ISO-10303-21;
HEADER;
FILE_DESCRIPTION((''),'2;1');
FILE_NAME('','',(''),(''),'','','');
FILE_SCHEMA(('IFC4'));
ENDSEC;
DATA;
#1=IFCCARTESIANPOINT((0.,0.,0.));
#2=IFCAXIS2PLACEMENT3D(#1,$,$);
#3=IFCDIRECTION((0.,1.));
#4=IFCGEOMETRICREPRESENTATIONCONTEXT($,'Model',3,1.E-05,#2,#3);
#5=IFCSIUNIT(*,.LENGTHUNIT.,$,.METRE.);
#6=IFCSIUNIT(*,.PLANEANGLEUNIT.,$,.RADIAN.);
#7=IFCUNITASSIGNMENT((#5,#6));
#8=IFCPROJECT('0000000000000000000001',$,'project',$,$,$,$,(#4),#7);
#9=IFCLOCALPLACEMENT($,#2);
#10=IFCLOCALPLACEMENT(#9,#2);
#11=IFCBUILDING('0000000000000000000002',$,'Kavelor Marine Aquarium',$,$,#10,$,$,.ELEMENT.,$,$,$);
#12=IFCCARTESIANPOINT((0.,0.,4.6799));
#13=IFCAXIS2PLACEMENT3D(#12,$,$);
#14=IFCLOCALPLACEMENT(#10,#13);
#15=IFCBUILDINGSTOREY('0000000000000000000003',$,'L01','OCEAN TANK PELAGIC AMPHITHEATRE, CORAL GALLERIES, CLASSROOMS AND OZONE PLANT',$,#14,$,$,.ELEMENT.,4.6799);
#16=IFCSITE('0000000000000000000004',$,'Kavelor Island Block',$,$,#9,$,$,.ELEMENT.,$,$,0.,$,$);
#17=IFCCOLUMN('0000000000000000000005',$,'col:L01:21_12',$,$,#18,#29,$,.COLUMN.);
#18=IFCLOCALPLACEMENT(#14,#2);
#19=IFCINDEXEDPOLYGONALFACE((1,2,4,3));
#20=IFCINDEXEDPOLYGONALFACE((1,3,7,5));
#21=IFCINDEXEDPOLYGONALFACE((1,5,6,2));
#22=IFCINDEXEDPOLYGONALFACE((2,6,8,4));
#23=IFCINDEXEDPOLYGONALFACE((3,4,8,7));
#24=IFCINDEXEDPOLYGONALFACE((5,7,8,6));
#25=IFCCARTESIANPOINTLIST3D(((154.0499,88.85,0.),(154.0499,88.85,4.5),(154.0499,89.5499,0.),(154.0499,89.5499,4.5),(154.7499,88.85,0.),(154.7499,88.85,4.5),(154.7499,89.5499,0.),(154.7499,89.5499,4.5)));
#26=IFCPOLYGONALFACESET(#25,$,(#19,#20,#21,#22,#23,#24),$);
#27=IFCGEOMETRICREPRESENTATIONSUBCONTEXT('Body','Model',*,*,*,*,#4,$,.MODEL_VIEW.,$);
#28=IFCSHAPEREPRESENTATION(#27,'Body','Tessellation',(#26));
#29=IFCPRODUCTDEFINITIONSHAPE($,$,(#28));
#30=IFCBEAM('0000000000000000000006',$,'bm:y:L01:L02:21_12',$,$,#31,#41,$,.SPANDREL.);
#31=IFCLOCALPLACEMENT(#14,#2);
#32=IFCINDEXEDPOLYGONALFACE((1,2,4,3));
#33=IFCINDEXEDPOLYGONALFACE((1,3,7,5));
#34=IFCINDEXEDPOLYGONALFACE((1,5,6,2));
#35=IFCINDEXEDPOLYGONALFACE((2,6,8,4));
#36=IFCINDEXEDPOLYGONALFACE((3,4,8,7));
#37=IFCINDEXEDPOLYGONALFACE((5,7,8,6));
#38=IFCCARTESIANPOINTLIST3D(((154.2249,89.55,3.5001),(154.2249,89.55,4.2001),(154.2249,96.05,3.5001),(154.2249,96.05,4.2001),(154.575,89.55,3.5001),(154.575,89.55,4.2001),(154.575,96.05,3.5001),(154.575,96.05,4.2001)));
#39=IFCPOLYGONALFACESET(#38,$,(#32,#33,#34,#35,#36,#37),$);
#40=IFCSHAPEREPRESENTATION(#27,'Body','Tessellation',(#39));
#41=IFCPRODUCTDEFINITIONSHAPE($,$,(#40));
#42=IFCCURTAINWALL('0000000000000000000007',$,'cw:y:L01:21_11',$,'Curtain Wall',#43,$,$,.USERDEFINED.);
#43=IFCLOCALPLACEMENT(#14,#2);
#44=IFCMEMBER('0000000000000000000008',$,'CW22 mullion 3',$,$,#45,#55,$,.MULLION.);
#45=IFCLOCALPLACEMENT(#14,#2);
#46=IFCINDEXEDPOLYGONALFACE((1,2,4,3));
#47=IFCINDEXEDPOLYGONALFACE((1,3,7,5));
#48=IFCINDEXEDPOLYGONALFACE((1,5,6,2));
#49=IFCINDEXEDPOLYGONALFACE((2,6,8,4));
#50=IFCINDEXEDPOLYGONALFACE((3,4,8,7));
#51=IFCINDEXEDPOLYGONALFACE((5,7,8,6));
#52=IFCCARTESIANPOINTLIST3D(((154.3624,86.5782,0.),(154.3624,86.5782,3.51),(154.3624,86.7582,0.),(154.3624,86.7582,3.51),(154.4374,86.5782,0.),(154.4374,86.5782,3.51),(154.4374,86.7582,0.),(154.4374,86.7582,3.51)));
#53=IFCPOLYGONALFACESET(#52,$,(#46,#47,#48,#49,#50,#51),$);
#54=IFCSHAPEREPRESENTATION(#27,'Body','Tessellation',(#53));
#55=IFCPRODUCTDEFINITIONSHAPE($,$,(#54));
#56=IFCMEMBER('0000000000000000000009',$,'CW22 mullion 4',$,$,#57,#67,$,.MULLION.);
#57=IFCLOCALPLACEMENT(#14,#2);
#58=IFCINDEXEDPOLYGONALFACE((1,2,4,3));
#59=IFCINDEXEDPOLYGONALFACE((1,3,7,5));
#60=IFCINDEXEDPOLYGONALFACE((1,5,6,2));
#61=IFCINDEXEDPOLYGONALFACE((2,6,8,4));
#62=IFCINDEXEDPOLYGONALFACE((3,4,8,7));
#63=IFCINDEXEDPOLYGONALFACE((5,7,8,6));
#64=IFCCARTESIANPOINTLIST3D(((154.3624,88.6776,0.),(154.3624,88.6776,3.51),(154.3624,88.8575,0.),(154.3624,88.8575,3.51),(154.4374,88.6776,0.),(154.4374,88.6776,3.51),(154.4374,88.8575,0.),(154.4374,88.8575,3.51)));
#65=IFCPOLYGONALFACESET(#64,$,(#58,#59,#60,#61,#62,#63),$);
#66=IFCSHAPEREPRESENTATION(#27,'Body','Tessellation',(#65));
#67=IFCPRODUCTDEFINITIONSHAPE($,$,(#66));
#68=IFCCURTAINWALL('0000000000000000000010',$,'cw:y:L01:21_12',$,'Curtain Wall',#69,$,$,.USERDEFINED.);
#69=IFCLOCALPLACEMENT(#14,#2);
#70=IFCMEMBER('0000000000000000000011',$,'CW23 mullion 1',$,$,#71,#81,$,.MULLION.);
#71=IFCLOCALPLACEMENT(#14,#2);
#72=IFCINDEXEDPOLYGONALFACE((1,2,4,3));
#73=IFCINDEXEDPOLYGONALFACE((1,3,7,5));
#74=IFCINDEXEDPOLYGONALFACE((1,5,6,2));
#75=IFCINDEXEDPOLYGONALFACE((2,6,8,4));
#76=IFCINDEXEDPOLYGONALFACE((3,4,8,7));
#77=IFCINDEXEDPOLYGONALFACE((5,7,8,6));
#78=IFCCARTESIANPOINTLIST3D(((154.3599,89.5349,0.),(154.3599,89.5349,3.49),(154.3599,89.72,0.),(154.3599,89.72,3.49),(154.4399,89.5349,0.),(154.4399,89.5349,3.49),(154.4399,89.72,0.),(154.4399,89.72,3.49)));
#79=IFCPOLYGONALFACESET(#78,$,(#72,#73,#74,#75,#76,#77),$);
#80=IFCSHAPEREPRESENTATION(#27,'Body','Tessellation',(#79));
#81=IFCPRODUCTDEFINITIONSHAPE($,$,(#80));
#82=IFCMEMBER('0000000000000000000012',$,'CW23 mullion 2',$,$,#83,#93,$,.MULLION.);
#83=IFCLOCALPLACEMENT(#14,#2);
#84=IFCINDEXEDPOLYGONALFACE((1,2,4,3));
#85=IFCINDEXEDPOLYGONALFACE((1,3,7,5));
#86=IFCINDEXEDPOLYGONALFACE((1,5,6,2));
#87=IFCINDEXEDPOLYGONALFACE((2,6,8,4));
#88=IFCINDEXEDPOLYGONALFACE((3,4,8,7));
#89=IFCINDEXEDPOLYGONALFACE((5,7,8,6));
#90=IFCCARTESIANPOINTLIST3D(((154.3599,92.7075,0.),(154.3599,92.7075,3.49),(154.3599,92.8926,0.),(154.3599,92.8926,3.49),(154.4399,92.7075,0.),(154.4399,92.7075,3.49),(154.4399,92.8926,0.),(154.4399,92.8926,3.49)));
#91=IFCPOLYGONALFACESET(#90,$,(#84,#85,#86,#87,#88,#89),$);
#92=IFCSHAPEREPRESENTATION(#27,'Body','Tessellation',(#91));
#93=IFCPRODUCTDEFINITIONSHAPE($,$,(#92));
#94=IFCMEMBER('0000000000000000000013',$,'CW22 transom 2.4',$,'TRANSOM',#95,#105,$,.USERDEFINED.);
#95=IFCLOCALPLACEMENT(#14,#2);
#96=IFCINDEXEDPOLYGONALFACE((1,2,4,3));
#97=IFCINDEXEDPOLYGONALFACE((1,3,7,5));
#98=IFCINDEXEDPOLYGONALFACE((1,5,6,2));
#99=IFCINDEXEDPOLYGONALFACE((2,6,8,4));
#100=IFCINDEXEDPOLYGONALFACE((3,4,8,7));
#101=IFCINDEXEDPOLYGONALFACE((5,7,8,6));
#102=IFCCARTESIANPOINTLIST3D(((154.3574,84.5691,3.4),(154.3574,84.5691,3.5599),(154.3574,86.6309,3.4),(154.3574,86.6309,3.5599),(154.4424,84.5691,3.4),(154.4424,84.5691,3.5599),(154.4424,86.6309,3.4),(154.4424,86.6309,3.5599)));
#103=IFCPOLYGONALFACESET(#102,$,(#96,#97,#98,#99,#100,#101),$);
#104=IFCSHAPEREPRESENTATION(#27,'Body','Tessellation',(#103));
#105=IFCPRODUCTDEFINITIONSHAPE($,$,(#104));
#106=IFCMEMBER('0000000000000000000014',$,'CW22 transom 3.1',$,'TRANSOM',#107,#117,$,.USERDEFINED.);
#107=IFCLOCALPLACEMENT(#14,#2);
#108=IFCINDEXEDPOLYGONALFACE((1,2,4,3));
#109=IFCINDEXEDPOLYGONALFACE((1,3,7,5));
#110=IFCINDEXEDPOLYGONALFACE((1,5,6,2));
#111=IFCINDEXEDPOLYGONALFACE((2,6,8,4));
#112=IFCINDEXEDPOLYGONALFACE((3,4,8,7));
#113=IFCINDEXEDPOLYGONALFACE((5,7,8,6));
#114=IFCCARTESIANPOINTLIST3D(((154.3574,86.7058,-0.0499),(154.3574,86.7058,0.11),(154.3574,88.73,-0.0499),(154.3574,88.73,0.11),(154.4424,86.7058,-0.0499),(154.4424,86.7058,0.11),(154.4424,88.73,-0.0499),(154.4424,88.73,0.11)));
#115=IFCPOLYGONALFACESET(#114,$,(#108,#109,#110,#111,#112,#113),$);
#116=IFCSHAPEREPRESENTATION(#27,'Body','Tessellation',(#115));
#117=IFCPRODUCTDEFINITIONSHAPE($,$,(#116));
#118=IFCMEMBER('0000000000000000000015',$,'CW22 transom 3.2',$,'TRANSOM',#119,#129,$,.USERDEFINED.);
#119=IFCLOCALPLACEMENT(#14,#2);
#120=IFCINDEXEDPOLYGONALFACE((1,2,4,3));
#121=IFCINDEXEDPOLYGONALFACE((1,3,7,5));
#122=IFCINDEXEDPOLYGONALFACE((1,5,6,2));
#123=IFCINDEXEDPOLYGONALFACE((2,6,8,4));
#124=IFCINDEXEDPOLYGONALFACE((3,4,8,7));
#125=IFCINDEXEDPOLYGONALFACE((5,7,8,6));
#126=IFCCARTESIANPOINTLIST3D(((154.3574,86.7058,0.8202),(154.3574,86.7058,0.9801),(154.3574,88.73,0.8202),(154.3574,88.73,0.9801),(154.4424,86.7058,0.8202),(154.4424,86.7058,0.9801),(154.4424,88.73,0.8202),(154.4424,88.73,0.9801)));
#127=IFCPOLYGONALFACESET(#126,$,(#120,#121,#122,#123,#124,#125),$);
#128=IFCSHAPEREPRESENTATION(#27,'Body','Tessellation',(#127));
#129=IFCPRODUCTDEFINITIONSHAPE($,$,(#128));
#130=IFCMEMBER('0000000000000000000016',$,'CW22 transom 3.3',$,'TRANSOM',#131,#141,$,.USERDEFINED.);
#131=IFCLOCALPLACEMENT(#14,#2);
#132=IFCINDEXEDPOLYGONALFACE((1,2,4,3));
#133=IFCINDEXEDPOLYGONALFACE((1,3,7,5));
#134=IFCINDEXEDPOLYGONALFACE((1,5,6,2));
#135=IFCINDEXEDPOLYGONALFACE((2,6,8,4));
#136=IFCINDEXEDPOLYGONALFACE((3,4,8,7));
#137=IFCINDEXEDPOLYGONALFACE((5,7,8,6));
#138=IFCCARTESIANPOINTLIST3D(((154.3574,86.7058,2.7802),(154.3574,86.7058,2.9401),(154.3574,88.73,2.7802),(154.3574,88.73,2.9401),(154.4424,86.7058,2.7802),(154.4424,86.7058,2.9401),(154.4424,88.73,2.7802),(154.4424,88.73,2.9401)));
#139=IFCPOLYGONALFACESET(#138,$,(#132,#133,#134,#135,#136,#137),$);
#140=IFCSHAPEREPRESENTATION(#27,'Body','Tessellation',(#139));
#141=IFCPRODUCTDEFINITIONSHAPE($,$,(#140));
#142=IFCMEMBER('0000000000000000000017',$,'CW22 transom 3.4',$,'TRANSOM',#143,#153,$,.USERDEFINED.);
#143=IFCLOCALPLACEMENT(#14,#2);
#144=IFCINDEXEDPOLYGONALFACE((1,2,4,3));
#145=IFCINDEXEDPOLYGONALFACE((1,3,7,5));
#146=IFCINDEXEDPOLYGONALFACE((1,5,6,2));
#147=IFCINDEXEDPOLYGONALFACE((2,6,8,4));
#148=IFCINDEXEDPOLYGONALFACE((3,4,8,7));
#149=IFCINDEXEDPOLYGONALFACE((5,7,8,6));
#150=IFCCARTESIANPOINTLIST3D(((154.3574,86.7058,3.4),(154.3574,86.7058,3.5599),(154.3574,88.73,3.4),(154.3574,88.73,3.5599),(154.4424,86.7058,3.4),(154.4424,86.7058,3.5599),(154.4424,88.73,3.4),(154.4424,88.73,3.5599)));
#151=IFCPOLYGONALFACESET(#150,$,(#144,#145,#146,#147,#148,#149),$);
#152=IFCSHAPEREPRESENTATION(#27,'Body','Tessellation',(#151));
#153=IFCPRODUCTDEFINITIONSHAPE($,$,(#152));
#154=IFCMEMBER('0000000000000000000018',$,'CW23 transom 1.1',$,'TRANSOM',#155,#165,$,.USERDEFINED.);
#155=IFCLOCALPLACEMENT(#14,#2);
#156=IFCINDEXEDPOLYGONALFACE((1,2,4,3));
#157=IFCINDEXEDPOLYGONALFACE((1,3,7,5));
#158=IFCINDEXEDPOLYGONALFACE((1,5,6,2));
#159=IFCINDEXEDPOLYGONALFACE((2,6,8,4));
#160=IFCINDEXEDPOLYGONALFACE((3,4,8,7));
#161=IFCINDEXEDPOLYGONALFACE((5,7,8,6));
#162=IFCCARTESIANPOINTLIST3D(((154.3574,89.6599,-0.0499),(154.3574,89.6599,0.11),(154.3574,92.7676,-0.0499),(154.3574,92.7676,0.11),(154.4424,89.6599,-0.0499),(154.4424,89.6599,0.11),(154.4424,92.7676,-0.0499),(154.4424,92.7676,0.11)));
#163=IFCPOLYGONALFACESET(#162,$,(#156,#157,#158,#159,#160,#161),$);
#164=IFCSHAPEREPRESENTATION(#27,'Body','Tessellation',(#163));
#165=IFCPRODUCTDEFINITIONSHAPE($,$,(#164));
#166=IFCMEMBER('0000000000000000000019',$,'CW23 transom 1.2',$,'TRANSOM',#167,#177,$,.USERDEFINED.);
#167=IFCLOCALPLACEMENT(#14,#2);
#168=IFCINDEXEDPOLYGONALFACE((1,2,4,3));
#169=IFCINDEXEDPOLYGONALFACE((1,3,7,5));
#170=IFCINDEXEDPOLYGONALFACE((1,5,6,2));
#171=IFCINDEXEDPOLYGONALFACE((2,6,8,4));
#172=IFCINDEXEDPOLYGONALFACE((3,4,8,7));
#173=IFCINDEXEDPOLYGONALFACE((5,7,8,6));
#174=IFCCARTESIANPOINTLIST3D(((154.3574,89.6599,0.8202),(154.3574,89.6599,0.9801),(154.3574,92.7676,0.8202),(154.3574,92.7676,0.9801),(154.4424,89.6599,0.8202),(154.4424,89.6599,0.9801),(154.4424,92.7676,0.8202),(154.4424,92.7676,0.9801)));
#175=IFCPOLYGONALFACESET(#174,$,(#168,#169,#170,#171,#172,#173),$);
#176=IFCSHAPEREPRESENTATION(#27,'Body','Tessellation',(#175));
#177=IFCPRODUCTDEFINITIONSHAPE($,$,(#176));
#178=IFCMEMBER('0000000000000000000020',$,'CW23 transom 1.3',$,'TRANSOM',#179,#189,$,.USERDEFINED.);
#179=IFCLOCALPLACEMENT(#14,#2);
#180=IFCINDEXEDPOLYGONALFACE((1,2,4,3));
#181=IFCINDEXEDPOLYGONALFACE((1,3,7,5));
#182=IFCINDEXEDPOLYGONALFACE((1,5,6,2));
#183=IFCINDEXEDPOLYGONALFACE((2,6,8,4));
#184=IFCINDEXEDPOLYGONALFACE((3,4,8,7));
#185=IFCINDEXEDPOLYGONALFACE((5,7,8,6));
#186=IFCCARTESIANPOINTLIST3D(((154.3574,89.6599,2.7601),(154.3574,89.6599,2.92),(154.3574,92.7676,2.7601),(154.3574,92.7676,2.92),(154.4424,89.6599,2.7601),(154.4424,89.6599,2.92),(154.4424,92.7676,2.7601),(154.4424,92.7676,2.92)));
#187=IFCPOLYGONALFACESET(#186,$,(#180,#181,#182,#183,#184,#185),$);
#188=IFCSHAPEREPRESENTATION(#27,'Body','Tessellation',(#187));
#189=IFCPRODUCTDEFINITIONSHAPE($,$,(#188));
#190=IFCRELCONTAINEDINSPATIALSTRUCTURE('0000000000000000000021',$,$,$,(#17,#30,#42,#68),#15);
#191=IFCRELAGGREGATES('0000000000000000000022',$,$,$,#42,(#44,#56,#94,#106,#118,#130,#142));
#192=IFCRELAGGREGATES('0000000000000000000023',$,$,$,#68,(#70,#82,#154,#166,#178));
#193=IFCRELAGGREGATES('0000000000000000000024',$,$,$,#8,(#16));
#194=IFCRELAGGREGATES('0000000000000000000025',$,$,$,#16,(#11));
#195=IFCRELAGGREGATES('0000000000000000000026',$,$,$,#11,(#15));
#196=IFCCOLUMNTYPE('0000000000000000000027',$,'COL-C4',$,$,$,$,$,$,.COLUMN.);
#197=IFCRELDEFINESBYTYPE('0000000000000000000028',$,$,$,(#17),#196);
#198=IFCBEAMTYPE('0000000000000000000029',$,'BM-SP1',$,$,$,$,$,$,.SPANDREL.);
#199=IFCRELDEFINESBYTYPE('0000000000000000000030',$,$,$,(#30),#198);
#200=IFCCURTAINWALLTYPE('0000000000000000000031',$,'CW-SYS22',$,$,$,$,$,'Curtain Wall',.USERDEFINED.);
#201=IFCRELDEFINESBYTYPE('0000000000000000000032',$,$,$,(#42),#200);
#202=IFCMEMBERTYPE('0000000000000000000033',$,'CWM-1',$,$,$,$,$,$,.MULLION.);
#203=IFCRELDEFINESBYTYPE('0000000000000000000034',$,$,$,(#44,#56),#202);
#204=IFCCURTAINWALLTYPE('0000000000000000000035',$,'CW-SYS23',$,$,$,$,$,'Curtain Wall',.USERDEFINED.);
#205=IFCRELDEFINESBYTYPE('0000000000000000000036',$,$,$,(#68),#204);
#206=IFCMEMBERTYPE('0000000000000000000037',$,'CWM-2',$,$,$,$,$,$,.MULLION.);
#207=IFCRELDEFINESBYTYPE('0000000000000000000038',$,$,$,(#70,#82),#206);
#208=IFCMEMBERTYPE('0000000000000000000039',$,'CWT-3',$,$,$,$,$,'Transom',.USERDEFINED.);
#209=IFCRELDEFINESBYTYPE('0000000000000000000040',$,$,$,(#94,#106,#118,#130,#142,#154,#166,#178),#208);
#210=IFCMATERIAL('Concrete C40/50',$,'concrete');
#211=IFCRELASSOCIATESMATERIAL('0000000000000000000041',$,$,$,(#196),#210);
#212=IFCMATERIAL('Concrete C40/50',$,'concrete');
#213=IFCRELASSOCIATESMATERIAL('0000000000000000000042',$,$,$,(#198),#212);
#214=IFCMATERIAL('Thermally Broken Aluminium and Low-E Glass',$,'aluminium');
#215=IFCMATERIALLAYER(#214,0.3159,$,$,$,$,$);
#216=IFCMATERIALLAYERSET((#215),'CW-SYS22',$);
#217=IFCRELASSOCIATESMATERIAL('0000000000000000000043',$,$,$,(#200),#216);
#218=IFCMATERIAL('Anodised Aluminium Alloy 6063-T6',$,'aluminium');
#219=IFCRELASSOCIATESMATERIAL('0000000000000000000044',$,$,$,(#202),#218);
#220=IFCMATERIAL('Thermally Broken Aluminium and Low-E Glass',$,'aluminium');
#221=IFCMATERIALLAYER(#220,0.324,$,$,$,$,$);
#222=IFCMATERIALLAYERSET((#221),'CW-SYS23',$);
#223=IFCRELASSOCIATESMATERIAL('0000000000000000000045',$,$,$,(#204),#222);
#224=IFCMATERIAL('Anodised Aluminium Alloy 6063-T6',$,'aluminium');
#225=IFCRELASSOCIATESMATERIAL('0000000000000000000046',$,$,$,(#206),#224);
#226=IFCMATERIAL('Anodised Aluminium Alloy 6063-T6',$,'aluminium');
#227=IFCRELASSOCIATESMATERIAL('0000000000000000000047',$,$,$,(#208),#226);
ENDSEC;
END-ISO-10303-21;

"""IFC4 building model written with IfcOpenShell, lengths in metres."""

from ifc_helpers import new_model, si_unit, direction, frame, origin, origin_2d, place, context, subcontext, project, spatial, rectangle, extrude, material, layer, layer_set, material_profile, profile_set, type_object, element, aggregate, save


model = new_model("IFC4")

# Units and contexts
model_context = context("Model", 3, precision=1e-05, world=origin(), true_north=direction((0.0, 1.0)))
body_context = subcontext(model_context, "Body", "Model", "MODEL_VIEW")
ifc_project = project(units=[si_unit("LENGTHUNIT", "METRE"), si_unit("PLANEANGLEUNIT", "RADIAN")], contexts=[model_context])

# Site, building, storey
site_placement = place(None, origin())
site = spatial("IfcSite", under=ifc_project, at=site_placement, Name="Kavelor Island Block", CompositionType="ELEMENT", RefElevation=0.0)
building_placement = place(site_placement, origin())
building = spatial("IfcBuilding", under=site, at=building_placement, Name="Kavelor Marine Aquarium", CompositionType="ELEMENT")
storey_placement = place(building_placement, frame((0.0, 0.0, 4.6799)))
storey = spatial("IfcBuildingStorey", under=building, at=storey_placement, Name="L01", Description="OCEAN TANK PELAGIC AMPHITHEATRE, CORAL GALLERIES, CLASSROOMS AND OZONE PLANT", CompositionType="ELEMENT", Elevation=4.6799)

# Column
ifc_material_1 = material(Name="Concrete C40/50", Category="concrete")
ifc_material_profile_1 = material_profile(ifc_material_1, rectangle(XDim=0.7, YDim=0.7, at=origin_2d()), Name="RC-COL 700x700")
ifc_profile_set_1 = profile_set([ifc_material_profile_1], Name="Concrete C40/50")
column_type = type_object("IfcColumnType", Name="COL-C4", PredefinedType="COLUMN", material=ifc_profile_set_1)
column_placement = place(storey_placement, frame((154.3999, 89.2, 0.0), z_axis=(0.0, 0.0, 1.0), x_axis=(1.0, 0.0, 0.0)))
element("IfcColumn", 1, at=column_placement, inside=storey, type_object=column_type, Name="col:L01:21_12", PredefinedType="COLUMN", context=body_context, shape_type="SweptSolid", body=[
    extrude(rectangle(XDim=0.7, YDim=0.7, at=origin_2d()), origin(), (0.0, 0.0, 1.0), 4.5),
])

# Beam
ifc_material_2 = material(Name="Concrete C40/50", Category="concrete")
ifc_material_profile_2 = material_profile(ifc_material_2, rectangle(XDim=0.3501, YDim=0.7, at=origin_2d()), Name="RC-SP 350x700")
ifc_profile_set_2 = profile_set([ifc_material_profile_2], Name="Concrete C40/50")
beam_type = type_object("IfcBeamType", Name="BM-SP1", PredefinedType="SPANDREL", material=ifc_profile_set_2)
beam_placement = place(storey_placement, frame((154.3999, 89.55, 3.8501), z_axis=(0.0, 1.0, 0.0), x_axis=(-1.0, 0.0, 0.0)))
element("IfcBeam", 2, at=beam_placement, inside=storey, type_object=beam_type, Name="bm:y:L01:L02:21_12", PredefinedType="SPANDREL", context=body_context, shape_type="SweptSolid", body=[
    extrude(rectangle(XDim=0.3501, YDim=0.7, at=origin_2d()), origin(), (0.0, 0.0, 1.0), 6.5),
])

# Curtain walls, members
ifc_material_3 = material(Name="Thermally Broken Aluminium and Low-E Glass", Category="aluminium")
ifc_layer_1 = layer(ifc_material_3, 0.3159)
ifc_layer_set_1 = layer_set([ifc_layer_1], Name="CW-SYS22")
curtain_wall_type_1 = type_object("IfcCurtainWallType", Name="CW-SYS22", ElementType="Curtain Wall", PredefinedType="USERDEFINED", material=ifc_layer_set_1)
curtain_wall_1_placement = place(storey_placement, origin())
curtain_wall_1 = element("IfcCurtainWall", 3, at=curtain_wall_1_placement, inside=storey, type_object=curtain_wall_type_1, Name="cw:y:L01:21_11", ObjectType="Curtain Wall", PredefinedType="USERDEFINED")
ifc_material_4 = material(Name="Anodised Aluminium Alloy 6063-T6", Category="aluminium")
ifc_material_profile_3 = material_profile(ifc_material_4, rectangle(XDim=0.075, YDim=0.1799, at=origin_2d()), Name="CW-MUL 75x180")
ifc_profile_set_3 = profile_set([ifc_material_profile_3], Name="Anodised Aluminium Alloy 6063-T6")
member_type_1 = type_object("IfcMemberType", Name="CWM-1", PredefinedType="MULLION", material=ifc_profile_set_3)
member_1_placement = place(storey_placement, frame((154.3999, 86.6682, 0.0), z_axis=(0.0, 0.0, 1.0), x_axis=(-1.0, 0.0, 0.0)))
member_1 = element("IfcMember", 4, at=member_1_placement, type_object=member_type_1, Name="CW22 mullion 3", PredefinedType="MULLION", context=body_context, shape_type="SweptSolid", body=[
    extrude(rectangle(XDim=0.075, YDim=0.1799, at=origin_2d()), origin(), (0.0, 0.0, 1.0), 3.51),
])
member_2_placement = place(storey_placement, frame((154.3999, 88.7676, 0.0), z_axis=(0.0, 0.0, 1.0), x_axis=(-1.0, 0.0, 0.0)))
member_2 = element("IfcMember", 5, at=member_2_placement, type_object=member_type_1, Name="CW22 mullion 4", PredefinedType="MULLION", context=body_context, shape_type="SweptSolid", body=[
    extrude(rectangle(XDim=0.075, YDim=0.1799, at=origin_2d()), origin(), (0.0, 0.0, 1.0), 3.51),
])
ifc_material_5 = material(Name="Thermally Broken Aluminium and Low-E Glass", Category="aluminium")
ifc_layer_2 = layer(ifc_material_5, 0.324)
ifc_layer_set_2 = layer_set([ifc_layer_2], Name="CW-SYS23")
curtain_wall_type_2 = type_object("IfcCurtainWallType", Name="CW-SYS23", ElementType="Curtain Wall", PredefinedType="USERDEFINED", material=ifc_layer_set_2)
curtain_wall_2_placement = place(storey_placement, origin())
curtain_wall_2 = element("IfcCurtainWall", 6, at=curtain_wall_2_placement, inside=storey, type_object=curtain_wall_type_2, Name="cw:y:L01:21_12", ObjectType="Curtain Wall", PredefinedType="USERDEFINED")
ifc_material_6 = material(Name="Anodised Aluminium Alloy 6063-T6", Category="aluminium")
ifc_material_profile_4 = material_profile(ifc_material_6, rectangle(XDim=0.0801, YDim=0.1851, at=origin_2d()), Name="CW-MUL 80x185")
ifc_profile_set_4 = profile_set([ifc_material_profile_4], Name="Anodised Aluminium Alloy 6063-T6")
member_type_2 = type_object("IfcMemberType", Name="CWM-2", PredefinedType="MULLION", material=ifc_profile_set_4)
member_3_placement = place(storey_placement, frame((154.3999, 89.6274, 0.0), z_axis=(0.0, 0.0, 1.0), x_axis=(-1.0, 0.0, 0.0)))
member_3 = element("IfcMember", 7, at=member_3_placement, type_object=member_type_2, Name="CW23 mullion 1", PredefinedType="MULLION", context=body_context, shape_type="SweptSolid", body=[
    extrude(rectangle(XDim=0.0801, YDim=0.1851, at=origin_2d()), origin(), (0.0, 0.0, 1.0), 3.49),
])
member_4_placement = place(storey_placement, frame((154.3999, 92.8, 0.0), z_axis=(0.0, 0.0, 1.0), x_axis=(-1.0, 0.0, 0.0)))
member_4 = element("IfcMember", 8, at=member_4_placement, type_object=member_type_2, Name="CW23 mullion 2", PredefinedType="MULLION", context=body_context, shape_type="SweptSolid", body=[
    extrude(rectangle(XDim=0.0801, YDim=0.1851, at=origin_2d()), origin(), (0.0, 0.0, 1.0), 3.49),
])

# Members
ifc_material_7 = material(Name="Anodised Aluminium Alloy 6063-T6", Category="aluminium")
ifc_material_profile_5 = material_profile(ifc_material_7, rectangle(XDim=0.085, YDim=0.1599, at=origin_2d()), Name="CW-TRN 85x160")
ifc_profile_set_5 = profile_set([ifc_material_profile_5], Name="Anodised Aluminium Alloy 6063-T6")
member_type_3 = type_object("IfcMemberType", Name="CWT-3", ElementType="Transom", PredefinedType="USERDEFINED", material=ifc_profile_set_5)
member_5_placement = place(storey_placement, frame((154.3999, 84.5691, 3.48), z_axis=(0.0, 1.0, 0.0), x_axis=(-1.0, 0.0, 0.0)))
member_5 = element("IfcMember", 9, at=member_5_placement, type_object=member_type_3, Name="CW22 transom 2.4", ObjectType="TRANSOM", PredefinedType="USERDEFINED", context=body_context, shape_type="SweptSolid", body=[
    extrude(rectangle(XDim=0.085, YDim=0.1599, at=origin_2d()), origin(), (0.0, 0.0, 1.0), 2.0618),
])
member_6_placement = place(storey_placement, frame((154.3999, 86.7058, 0.03), z_axis=(0.0, 1.0, 0.0), x_axis=(-1.0, 0.0, 0.0)))
member_6 = element("IfcMember", 10, at=member_6_placement, type_object=member_type_3, Name="CW22 transom 3.1", ObjectType="TRANSOM", PredefinedType="USERDEFINED", context=body_context, shape_type="SweptSolid", body=[
    extrude(rectangle(XDim=0.085, YDim=0.1599, at=origin_2d()), origin(), (0.0, 0.0, 1.0), 2.0242),
])
member_7_placement = place(storey_placement, frame((154.3999, 86.7058, 0.9001), z_axis=(0.0, 1.0, 0.0), x_axis=(-1.0, 0.0, 0.0)))
member_7 = element("IfcMember", 11, at=member_7_placement, type_object=member_type_3, Name="CW22 transom 3.2", ObjectType="TRANSOM", PredefinedType="USERDEFINED", context=body_context, shape_type="SweptSolid", body=[
    extrude(rectangle(XDim=0.085, YDim=0.1599, at=origin_2d()), origin(), (0.0, 0.0, 1.0), 2.0242),
])
member_8_placement = place(storey_placement, frame((154.3999, 86.7058, 2.8601), z_axis=(0.0, 1.0, 0.0), x_axis=(-1.0, 0.0, 0.0)))
member_8 = element("IfcMember", 12, at=member_8_placement, type_object=member_type_3, Name="CW22 transom 3.3", ObjectType="TRANSOM", PredefinedType="USERDEFINED", context=body_context, shape_type="SweptSolid", body=[
    extrude(rectangle(XDim=0.085, YDim=0.1599, at=origin_2d()), origin(), (0.0, 0.0, 1.0), 2.0242),
])
member_9_placement = place(storey_placement, frame((154.3999, 86.7058, 3.48), z_axis=(0.0, 1.0, 0.0), x_axis=(-1.0, 0.0, 0.0)))
member_9 = element("IfcMember", 13, at=member_9_placement, type_object=member_type_3, Name="CW22 transom 3.4", ObjectType="TRANSOM", PredefinedType="USERDEFINED", context=body_context, shape_type="SweptSolid", body=[
    extrude(rectangle(XDim=0.085, YDim=0.1599, at=origin_2d()), origin(), (0.0, 0.0, 1.0), 2.0242),
])
member_10_placement = place(storey_placement, frame((154.3999, 89.6599, 0.03), z_axis=(0.0, 1.0, 0.0), x_axis=(-1.0, 0.0, 0.0)))
member_10 = element("IfcMember", 14, at=member_10_placement, type_object=member_type_3, Name="CW23 transom 1.1", ObjectType="TRANSOM", PredefinedType="USERDEFINED", context=body_context, shape_type="SweptSolid", body=[
    extrude(rectangle(XDim=0.085, YDim=0.1599, at=origin_2d()), origin(), (0.0, 0.0, 1.0), 3.1077),
])
member_11_placement = place(storey_placement, frame((154.3999, 89.6599, 0.9001), z_axis=(0.0, 1.0, 0.0), x_axis=(-1.0, 0.0, 0.0)))
member_11 = element("IfcMember", 15, at=member_11_placement, type_object=member_type_3, Name="CW23 transom 1.2", ObjectType="TRANSOM", PredefinedType="USERDEFINED", context=body_context, shape_type="SweptSolid", body=[
    extrude(rectangle(XDim=0.085, YDim=0.1599, at=origin_2d()), origin(), (0.0, 0.0, 1.0), 3.1077),
])
member_12_placement = place(storey_placement, frame((154.3999, 89.6599, 2.8401), z_axis=(0.0, 1.0, 0.0), x_axis=(-1.0, 0.0, 0.0)))
member_12 = element("IfcMember", 16, at=member_12_placement, type_object=member_type_3, Name="CW23 transom 1.3", ObjectType="TRANSOM", PredefinedType="USERDEFINED", context=body_context, shape_type="SweptSolid", body=[
    extrude(rectangle(XDim=0.085, YDim=0.1599, at=origin_2d()), origin(), (0.0, 0.0, 1.0), 3.1077),
])

aggregate(curtain_wall_1, [member_1, member_2, member_5, member_6, member_7, member_8, member_9])
aggregate(curtain_wall_2, [member_3, member_4, member_10, member_11, member_12])

save(model, "model.ifc")
